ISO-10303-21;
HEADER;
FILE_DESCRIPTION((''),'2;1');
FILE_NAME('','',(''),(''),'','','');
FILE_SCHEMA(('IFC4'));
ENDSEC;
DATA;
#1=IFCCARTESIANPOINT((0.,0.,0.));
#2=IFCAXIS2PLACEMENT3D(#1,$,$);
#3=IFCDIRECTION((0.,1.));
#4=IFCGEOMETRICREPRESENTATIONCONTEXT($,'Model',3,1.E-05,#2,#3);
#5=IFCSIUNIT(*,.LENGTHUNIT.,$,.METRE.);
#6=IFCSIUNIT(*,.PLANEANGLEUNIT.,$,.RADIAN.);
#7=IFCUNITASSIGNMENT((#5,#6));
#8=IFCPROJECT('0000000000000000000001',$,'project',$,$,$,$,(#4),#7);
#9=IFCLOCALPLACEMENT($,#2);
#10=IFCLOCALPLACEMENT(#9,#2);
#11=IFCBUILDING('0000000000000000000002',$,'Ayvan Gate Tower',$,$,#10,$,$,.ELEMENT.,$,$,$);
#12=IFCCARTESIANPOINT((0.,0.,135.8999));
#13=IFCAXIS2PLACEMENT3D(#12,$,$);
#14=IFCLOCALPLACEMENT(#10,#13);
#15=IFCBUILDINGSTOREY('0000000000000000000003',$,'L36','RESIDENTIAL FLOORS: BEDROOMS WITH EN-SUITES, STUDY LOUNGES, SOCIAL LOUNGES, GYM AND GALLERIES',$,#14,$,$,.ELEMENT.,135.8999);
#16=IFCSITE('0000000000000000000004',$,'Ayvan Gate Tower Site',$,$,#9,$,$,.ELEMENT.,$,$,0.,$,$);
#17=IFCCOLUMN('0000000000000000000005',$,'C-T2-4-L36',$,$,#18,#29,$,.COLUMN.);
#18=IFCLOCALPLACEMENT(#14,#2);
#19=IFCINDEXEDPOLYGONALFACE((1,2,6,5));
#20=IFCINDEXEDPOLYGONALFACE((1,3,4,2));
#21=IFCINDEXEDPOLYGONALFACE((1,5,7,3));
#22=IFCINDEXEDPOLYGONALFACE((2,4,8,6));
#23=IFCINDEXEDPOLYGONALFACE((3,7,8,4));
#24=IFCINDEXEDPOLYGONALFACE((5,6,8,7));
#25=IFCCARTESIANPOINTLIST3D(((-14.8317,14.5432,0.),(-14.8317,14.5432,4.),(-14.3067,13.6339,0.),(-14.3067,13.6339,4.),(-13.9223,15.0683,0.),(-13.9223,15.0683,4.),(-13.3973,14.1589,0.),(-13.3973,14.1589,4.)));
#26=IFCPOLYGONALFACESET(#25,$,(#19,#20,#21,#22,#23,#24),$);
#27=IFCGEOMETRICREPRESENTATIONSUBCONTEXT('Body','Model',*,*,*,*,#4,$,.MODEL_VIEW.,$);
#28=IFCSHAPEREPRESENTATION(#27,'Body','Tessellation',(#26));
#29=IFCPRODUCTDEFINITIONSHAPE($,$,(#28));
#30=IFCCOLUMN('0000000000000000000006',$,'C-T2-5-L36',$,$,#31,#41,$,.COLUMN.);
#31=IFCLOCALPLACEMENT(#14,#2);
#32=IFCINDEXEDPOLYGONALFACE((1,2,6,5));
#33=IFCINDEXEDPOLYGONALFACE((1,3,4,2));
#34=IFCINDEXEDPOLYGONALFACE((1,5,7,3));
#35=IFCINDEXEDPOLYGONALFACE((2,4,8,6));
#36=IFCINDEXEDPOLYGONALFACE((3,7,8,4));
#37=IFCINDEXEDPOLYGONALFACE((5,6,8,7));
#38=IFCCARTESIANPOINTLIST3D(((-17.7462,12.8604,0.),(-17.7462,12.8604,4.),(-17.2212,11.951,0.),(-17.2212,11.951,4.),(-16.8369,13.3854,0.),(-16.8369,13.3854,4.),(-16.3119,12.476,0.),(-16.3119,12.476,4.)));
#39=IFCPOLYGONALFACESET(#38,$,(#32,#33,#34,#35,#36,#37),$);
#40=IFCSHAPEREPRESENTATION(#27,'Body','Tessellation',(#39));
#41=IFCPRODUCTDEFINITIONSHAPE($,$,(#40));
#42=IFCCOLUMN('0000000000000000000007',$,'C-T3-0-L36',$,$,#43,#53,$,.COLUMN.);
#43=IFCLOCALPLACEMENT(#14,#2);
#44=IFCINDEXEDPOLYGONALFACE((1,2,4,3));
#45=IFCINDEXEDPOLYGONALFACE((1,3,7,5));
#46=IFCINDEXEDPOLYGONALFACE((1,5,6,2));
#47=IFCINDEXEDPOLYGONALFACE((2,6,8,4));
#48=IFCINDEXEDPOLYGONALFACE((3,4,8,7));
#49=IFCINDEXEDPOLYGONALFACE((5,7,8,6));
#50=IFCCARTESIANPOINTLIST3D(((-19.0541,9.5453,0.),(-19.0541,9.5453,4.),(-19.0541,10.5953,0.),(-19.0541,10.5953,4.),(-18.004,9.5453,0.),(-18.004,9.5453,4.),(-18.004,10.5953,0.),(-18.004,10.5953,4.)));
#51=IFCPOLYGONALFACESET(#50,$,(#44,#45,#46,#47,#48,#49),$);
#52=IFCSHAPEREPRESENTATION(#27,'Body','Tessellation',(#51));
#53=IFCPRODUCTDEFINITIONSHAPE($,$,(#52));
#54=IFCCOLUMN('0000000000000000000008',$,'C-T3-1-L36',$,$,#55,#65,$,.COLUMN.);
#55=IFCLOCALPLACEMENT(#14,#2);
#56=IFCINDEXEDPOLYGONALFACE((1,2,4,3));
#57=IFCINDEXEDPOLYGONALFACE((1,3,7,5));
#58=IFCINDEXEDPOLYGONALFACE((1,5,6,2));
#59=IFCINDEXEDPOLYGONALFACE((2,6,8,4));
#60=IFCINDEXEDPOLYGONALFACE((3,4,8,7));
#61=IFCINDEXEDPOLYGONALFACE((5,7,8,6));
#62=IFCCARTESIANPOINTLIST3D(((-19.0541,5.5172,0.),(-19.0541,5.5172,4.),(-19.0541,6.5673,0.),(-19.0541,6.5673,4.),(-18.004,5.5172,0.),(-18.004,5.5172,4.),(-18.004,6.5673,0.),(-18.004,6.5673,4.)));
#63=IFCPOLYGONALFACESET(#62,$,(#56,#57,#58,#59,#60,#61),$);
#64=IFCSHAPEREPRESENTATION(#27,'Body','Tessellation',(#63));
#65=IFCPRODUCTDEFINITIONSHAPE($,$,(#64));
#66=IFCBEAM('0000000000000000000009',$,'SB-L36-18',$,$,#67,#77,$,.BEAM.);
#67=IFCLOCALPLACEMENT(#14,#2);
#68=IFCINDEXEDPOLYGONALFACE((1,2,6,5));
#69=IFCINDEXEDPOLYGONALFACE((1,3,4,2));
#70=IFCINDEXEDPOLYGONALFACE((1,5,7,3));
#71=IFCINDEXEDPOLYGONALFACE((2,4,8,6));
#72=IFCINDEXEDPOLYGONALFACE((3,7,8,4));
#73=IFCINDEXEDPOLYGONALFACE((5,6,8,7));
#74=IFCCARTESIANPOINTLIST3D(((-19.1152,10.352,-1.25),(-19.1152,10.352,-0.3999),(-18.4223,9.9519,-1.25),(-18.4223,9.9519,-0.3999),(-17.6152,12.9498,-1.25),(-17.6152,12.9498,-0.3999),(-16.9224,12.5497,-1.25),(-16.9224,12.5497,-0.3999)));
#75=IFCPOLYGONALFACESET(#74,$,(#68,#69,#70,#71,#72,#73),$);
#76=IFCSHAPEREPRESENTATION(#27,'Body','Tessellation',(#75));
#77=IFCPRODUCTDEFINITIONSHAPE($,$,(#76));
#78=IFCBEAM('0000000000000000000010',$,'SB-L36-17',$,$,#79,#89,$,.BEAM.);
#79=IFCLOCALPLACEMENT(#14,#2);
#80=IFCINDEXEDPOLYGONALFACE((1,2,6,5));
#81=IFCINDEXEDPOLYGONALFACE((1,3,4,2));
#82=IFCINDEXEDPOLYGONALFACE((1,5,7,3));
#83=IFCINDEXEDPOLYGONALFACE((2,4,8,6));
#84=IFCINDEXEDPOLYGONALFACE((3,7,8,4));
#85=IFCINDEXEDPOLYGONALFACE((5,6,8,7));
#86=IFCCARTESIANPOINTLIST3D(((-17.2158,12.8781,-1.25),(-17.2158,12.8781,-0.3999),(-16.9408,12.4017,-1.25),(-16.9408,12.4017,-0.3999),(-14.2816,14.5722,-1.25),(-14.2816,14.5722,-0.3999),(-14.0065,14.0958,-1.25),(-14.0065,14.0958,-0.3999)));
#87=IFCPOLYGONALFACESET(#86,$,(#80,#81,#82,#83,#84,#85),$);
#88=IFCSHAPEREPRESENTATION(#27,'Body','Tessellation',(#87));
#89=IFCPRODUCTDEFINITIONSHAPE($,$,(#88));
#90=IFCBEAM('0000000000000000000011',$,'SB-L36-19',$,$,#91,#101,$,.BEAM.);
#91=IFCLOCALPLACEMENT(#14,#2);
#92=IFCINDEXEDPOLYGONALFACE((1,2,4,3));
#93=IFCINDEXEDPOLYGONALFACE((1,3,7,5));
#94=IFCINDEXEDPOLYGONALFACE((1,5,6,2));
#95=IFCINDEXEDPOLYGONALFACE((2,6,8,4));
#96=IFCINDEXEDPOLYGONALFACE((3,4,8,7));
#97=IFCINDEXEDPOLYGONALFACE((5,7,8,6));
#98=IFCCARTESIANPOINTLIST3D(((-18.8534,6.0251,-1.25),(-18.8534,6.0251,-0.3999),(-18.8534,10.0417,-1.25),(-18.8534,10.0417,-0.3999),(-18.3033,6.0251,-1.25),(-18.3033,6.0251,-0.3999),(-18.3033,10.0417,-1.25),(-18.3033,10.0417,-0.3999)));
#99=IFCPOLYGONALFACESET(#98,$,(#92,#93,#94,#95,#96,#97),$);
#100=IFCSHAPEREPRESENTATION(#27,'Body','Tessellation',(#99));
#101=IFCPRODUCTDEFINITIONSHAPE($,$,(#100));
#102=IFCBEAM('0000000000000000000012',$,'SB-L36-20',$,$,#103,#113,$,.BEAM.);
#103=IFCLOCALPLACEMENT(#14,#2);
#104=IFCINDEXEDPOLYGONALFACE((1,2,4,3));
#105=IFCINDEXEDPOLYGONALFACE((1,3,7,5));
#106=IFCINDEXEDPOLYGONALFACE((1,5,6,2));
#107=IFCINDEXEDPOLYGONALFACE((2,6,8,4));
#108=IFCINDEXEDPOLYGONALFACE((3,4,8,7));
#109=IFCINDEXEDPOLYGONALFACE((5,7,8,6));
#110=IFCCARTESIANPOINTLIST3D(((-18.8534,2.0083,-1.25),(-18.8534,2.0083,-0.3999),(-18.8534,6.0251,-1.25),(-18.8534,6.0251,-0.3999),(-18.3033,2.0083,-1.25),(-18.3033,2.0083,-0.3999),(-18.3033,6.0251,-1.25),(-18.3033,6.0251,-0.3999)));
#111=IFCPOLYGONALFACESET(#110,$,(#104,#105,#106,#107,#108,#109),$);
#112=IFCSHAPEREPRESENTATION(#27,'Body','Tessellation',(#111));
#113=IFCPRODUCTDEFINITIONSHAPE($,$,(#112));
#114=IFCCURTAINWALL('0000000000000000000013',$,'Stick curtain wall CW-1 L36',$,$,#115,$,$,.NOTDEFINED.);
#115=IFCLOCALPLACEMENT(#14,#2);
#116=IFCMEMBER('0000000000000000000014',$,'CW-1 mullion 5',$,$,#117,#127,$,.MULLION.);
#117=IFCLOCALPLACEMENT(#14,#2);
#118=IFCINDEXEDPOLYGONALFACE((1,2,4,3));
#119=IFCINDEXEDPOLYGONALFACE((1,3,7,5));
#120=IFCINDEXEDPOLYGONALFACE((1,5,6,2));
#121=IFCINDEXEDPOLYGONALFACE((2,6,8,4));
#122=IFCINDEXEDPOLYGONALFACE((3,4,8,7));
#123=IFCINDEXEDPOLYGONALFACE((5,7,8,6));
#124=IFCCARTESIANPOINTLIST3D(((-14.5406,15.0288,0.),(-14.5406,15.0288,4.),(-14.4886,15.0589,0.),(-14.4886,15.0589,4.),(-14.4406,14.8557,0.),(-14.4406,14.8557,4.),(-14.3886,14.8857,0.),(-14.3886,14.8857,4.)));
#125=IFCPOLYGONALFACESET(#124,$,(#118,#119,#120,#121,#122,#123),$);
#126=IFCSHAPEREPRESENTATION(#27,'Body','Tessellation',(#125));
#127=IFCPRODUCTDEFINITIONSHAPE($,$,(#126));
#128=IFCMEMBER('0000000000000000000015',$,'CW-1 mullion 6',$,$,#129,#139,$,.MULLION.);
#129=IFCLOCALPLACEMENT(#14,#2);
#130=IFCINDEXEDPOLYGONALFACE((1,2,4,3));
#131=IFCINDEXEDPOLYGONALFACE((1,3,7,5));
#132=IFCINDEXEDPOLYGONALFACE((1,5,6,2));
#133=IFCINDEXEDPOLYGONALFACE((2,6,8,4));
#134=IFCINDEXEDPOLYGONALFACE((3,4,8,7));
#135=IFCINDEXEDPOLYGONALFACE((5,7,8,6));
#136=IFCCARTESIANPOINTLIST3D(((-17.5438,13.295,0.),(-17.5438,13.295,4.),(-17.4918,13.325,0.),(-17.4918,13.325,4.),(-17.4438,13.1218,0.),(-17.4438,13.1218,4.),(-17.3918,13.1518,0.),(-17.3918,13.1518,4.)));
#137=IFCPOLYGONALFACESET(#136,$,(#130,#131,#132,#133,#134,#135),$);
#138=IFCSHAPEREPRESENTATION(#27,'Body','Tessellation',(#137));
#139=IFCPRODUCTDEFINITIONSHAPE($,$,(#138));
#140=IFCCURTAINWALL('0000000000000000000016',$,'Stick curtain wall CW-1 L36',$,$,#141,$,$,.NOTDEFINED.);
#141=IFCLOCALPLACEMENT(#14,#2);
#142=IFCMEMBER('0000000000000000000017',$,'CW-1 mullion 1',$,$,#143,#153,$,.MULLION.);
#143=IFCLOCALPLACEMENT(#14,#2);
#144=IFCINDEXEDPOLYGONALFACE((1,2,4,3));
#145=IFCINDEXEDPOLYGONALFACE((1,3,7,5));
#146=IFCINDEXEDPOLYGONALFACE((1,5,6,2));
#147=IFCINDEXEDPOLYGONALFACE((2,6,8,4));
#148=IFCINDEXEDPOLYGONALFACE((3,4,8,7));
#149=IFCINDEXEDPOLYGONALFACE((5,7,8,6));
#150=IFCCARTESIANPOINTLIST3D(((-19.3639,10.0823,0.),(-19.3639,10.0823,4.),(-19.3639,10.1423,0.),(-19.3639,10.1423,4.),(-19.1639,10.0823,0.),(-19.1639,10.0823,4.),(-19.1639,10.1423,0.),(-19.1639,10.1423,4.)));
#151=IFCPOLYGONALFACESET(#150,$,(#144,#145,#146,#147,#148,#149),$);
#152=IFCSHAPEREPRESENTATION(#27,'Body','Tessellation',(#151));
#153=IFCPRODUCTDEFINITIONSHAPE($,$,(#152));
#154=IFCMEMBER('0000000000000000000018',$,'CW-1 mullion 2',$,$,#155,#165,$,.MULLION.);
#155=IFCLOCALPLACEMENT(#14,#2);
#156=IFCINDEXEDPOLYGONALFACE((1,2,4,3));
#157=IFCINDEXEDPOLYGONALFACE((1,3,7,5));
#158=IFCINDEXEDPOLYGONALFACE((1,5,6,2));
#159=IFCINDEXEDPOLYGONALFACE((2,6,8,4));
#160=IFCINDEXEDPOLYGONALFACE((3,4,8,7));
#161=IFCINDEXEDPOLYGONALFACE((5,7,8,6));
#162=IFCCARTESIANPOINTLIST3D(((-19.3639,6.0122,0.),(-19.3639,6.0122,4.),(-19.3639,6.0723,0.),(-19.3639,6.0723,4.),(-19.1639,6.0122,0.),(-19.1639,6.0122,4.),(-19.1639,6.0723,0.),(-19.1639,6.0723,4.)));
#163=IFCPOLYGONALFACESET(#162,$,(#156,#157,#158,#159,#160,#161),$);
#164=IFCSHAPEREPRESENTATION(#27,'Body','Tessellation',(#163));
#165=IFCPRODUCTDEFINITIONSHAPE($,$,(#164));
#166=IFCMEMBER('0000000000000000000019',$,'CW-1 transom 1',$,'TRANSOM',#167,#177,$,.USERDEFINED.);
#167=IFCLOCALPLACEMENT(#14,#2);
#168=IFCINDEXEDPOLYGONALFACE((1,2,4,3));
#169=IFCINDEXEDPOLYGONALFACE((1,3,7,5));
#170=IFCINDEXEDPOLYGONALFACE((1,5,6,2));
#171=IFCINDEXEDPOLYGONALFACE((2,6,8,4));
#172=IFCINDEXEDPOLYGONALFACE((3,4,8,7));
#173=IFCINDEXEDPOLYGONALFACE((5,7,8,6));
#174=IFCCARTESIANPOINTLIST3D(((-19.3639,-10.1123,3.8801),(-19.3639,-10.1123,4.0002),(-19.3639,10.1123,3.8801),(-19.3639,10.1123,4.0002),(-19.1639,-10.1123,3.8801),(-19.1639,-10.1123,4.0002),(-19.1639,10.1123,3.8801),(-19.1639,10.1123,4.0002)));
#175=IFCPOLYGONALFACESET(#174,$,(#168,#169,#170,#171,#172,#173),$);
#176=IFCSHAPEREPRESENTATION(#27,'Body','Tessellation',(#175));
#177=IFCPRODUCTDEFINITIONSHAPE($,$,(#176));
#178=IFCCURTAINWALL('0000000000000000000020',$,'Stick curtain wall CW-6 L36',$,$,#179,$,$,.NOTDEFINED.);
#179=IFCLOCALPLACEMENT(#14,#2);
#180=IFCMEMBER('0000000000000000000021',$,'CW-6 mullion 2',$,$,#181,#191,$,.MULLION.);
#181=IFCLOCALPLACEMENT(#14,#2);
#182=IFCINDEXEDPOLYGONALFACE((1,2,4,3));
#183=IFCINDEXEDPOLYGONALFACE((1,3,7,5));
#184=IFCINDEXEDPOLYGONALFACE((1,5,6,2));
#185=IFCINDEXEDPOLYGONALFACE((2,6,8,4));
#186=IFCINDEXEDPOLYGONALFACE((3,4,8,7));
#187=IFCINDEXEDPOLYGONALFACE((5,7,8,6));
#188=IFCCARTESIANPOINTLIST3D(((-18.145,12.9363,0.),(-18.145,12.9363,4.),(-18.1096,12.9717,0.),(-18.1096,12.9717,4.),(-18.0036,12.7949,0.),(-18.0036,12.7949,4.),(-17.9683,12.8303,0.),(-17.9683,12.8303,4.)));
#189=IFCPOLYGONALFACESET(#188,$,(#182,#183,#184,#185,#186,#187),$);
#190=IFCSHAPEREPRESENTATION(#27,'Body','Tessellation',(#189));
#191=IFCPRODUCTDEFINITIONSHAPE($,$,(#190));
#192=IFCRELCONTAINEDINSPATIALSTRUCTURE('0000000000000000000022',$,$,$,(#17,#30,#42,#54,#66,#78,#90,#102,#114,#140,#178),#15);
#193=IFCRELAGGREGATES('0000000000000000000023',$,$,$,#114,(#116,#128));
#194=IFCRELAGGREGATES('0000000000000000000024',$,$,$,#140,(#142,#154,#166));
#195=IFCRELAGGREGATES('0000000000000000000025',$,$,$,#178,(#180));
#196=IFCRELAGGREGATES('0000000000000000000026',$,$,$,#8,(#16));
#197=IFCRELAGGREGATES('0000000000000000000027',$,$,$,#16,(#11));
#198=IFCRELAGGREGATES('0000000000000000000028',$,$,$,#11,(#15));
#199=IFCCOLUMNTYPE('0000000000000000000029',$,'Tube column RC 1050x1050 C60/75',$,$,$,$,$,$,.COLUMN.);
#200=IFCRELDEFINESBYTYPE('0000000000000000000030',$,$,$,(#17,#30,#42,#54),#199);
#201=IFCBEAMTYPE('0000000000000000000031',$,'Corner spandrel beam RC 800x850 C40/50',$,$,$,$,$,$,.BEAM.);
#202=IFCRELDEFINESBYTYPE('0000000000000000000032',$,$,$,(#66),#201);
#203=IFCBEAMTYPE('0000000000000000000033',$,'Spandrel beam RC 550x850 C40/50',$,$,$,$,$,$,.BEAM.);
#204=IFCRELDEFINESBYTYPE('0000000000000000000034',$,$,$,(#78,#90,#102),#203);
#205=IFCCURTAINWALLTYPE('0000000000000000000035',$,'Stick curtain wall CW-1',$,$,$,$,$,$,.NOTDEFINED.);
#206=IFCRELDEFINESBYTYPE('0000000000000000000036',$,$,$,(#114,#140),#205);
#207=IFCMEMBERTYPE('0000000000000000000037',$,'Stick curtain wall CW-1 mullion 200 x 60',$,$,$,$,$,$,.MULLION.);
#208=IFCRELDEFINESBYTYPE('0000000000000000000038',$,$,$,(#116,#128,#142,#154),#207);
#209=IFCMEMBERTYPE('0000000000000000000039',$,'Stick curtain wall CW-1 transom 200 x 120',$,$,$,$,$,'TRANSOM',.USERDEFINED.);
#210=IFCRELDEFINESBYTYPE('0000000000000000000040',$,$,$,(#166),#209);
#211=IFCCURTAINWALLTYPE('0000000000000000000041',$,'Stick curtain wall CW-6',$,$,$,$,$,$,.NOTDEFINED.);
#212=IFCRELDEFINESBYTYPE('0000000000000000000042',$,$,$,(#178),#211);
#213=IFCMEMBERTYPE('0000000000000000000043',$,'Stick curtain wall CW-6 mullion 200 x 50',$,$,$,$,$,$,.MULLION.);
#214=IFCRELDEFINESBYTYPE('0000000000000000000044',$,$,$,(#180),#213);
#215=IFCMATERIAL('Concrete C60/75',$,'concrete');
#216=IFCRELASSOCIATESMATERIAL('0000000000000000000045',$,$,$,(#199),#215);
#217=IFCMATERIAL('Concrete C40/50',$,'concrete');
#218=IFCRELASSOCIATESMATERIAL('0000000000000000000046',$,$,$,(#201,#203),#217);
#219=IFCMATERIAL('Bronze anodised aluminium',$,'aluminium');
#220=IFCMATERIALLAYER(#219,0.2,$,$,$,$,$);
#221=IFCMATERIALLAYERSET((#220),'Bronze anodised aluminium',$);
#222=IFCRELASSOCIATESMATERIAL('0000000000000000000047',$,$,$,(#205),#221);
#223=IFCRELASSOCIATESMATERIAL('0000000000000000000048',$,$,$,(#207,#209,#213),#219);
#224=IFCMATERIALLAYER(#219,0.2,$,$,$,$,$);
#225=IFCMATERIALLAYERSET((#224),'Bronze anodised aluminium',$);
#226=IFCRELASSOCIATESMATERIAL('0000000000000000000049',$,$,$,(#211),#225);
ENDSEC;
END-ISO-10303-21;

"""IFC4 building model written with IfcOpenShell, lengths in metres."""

from ifc_helpers import new_model, si_unit, direction, frame, origin, origin_2d, place, context, subcontext, project, spatial, rectangle, extrude, material, layer, layer_set, material_profile, profile_set, type_object, element, aggregate, save


model = new_model("IFC4")

# Units and contexts
model_context = context("Model", 3, precision=1e-05, world=origin(), true_north=direction((0.0, 1.0)))
body_context = subcontext(model_context, "Body", "Model", "MODEL_VIEW")
ifc_project = project(units=[si_unit("LENGTHUNIT", "METRE"), si_unit("PLANEANGLEUNIT", "RADIAN")], contexts=[model_context])

# Site, building, storey
site_placement = place(None, origin())
site = spatial("IfcSite", under=ifc_project, at=site_placement, Name="Ayvan Gate Tower Site", CompositionType="ELEMENT", RefElevation=0.0)
building_placement = place(site_placement, origin())
building = spatial("IfcBuilding", under=site, at=building_placement, Name="Ayvan Gate Tower", CompositionType="ELEMENT")
storey_placement = place(building_placement, frame((0.0, 0.0, 135.8999)))
storey = spatial("IfcBuildingStorey", under=building, at=storey_placement, Name="L36", Description="RESIDENTIAL FLOORS: BEDROOMS WITH EN-SUITES, STUDY LOUNGES, SOCIAL LOUNGES, GYM AND GALLERIES", CompositionType="ELEMENT", Elevation=135.8999)

# Columns
ifc_material_1 = material(Name="Concrete C60/75", Category="concrete")
ifc_material_profile_1 = material_profile(ifc_material_1, rectangle(XDim=1.05, YDim=1.05, at=origin_2d()), Name="RC 1050x1050")
ifc_profile_set_1 = profile_set([ifc_material_profile_1], Name="Concrete C60/75")
column_type = type_object("IfcColumnType", Name="Tube column RC 1050x1050 C60/75", PredefinedType="COLUMN", material=ifc_profile_set_1)
for number, where, z_axis, x_axis, name in (
    (1, (-14.1145, 14.3511, 0.0), (0.0, 0.0, 1.0), (-0.5, 0.866025, 0.0), "C-T2-4-L36"),
    (2, (-17.0291, 12.6682, 0.0), (0.0, 0.0, 1.0), (-0.5, 0.866025, 0.0), "C-T2-5-L36"),
    (3, (-18.5291, 10.0703, 0.0), (0.0, 0.0, 1.0), (-1.0, 0.0, 0.0), "C-T3-0-L36"),
    (4, (-18.5291, 6.0422, 0.0), (0.0, 0.0, 1.0), (-1.0, 0.0, 0.0), "C-T3-1-L36"),
):
    element("IfcColumn", number, at=place(storey_placement, frame(where, z_axis=z_axis, x_axis=x_axis)), inside=storey, type_object=column_type, Name=name, PredefinedType="COLUMN", context=body_context, shape_type="SweptSolid", body=[
        extrude(rectangle(XDim=1.05, YDim=1.05, at=origin_2d()), origin(), (0.0, 0.0, 1.0), 4.0),
    ])

# Beams
ifc_material_2 = material(Name="Concrete C40/50", Category="concrete")
ifc_material_profile_2 = material_profile(ifc_material_2, rectangle(XDim=0.8, YDim=0.8501, at=origin_2d()), Name="RC 800x850")
ifc_profile_set_2 = profile_set([ifc_material_profile_2], Name="Concrete C40/50")
beam_type_1 = type_object("IfcBeamType", Name="Corner spandrel beam RC 800x850 C40/50", PredefinedType="BEAM", material=ifc_profile_set_2)
beam_1_placement = place(storey_placement, frame((-17.2688, 12.7498, -0.825), z_axis=(-0.500025, -0.866011, 0.0), x_axis=(0.866011, -0.500025, 0.0)))
element("IfcBeam", 5, at=beam_1_placement, inside=storey, type_object=beam_type_1, Name="SB-L36-18", PredefinedType="BEAM", context=body_context, shape_type="SweptSolid", body=[
    extrude(rectangle(XDim=0.8, YDim=0.8501, at=origin_2d()), origin(), (0.0, 0.0, 1.0), 2.9998),
])
ifc_material_profile_3 = material_profile(ifc_material_2, rectangle(XDim=0.55, YDim=0.8501, at=origin_2d()), Name="RC 550x850")
ifc_profile_set_3 = profile_set([ifc_material_profile_3], Name="Concrete C40/50")
beam_type_2 = type_object("IfcBeamType", Name="Spandrel beam RC 550x850 C40/50", PredefinedType="BEAM", material=ifc_profile_set_3)
beam_2_placement = place(storey_placement, frame((-14.144, 14.334, -0.825), z_axis=(-0.866031, -0.499991, 0.0), x_axis=(0.499991, -0.866031, 0.0)))
element("IfcBeam", 6, at=beam_2_placement, inside=storey, type_object=beam_type_2, Name="SB-L36-17", PredefinedType="BEAM", context=body_context, shape_type="SweptSolid", body=[
    extrude(rectangle(XDim=0.55, YDim=0.8501, at=origin_2d()), origin(), (0.0, 0.0, 1.0), 3.3882),
])
beam_3_placement = place(storey_placement, frame((-18.5784, 10.0417, -0.825), z_axis=(0.0, -1.0, 0.0), x_axis=(1.0, 0.0, 0.0)))
element("IfcBeam", 7, at=beam_3_placement, inside=storey, type_object=beam_type_2, Name="SB-L36-19", PredefinedType="BEAM", context=body_context, shape_type="SweptSolid", body=[
    extrude(rectangle(XDim=0.55, YDim=0.8501, at=origin_2d()), origin(), (0.0, 0.0, 1.0), 4.0166),
])
beam_4_placement = place(storey_placement, frame((-18.5784, 6.0251, -0.825), z_axis=(0.0, -1.0, 0.0), x_axis=(1.0, 0.0, 0.0)))
element("IfcBeam", 8, at=beam_4_placement, inside=storey, type_object=beam_type_2, Name="SB-L36-20", PredefinedType="BEAM", context=body_context, shape_type="SweptSolid", body=[
    extrude(rectangle(XDim=0.55, YDim=0.8501, at=origin_2d()), origin(), (0.0, 0.0, 1.0), 4.0168),
])

# Curtain walls, members
ifc_material_3 = material(Name="Bronze anodised aluminium", Category="aluminium")
ifc_layer_1 = layer(ifc_material_3, 0.2)
ifc_layer_set_1 = layer_set([ifc_layer_1], Name="Bronze anodised aluminium")
curtain_wall_type_1 = type_object("IfcCurtainWallType", Name="Stick curtain wall CW-1", PredefinedType="NOTDEFINED", material=ifc_layer_set_1)
curtain_wall_1_placement = place(storey_placement, origin())
curtain_wall_1 = element("IfcCurtainWall", 9, at=curtain_wall_1_placement, inside=storey, type_object=curtain_wall_type_1, Name="Stick curtain wall CW-1 L36", PredefinedType="NOTDEFINED")
ifc_material_profile_4 = material_profile(ifc_material_3, rectangle(XDim=0.2, YDim=0.0601, at=origin_2d()), Name="Stick curtain wall CW-1 mullion 200 x 60")
ifc_profile_set_4 = profile_set([ifc_material_profile_4], Name="Bronze anodised aluminium")
member_type_1 = type_object("IfcMemberType", Name="Stick curtain wall CW-1 mullion 200 x 60", PredefinedType="MULLION", material=ifc_profile_set_4)
member_1_placement = place(storey_placement, frame((-14.4646, 14.9573, 0.0), z_axis=(0.0, 0.0, 1.0), x_axis=(-0.5, 0.866025, 0.0)))
member_1 = element("IfcMember", 10, at=member_1_placement, type_object=member_type_1, Name="CW-1 mullion 5", PredefinedType="MULLION", context=body_context, shape_type="SweptSolid", body=[
    extrude(rectangle(XDim=0.2, YDim=0.0601, at=origin_2d()), origin(), (0.0, 0.0, 1.0), 4.0),
])
member_2_placement = place(storey_placement, frame((-17.4678, 13.2234, 0.0), z_axis=(0.0, 0.0, 1.0), x_axis=(-0.5, 0.866025, 0.0)))
member_2 = element("IfcMember", 11, at=member_2_placement, type_object=member_type_1, Name="CW-1 mullion 6", PredefinedType="MULLION", context=body_context, shape_type="SweptSolid", body=[
    extrude(rectangle(XDim=0.2, YDim=0.0601, at=origin_2d()), origin(), (0.0, 0.0, 1.0), 4.0),
])
curtain_wall_2_placement = place(storey_placement, origin())
curtain_wall_2 = element("IfcCurtainWall", 12, at=curtain_wall_2_placement, inside=storey, type_object=curtain_wall_type_1, Name="Stick curtain wall CW-1 L36", PredefinedType="NOTDEFINED")
member_3_placement = place(storey_placement, frame((-19.2639, 10.1123, 0.0), z_axis=(0.0, 0.0, 1.0), x_axis=(-1.0, 0.0, 0.0)))
member_3 = element("IfcMember", 13, at=member_3_placement, type_object=member_type_1, Name="CW-1 mullion 1", PredefinedType="MULLION", context=body_context, shape_type="SweptSolid", body=[
    extrude(rectangle(XDim=0.2, YDim=0.0601, at=origin_2d()), origin(), (0.0, 0.0, 1.0), 4.0),
])
member_4_placement = place(storey_placement, frame((-19.2639, 6.0422, 0.0), z_axis=(0.0, 0.0, 1.0), x_axis=(-1.0, 0.0, 0.0)))
member_4 = element("IfcMember", 14, at=member_4_placement, type_object=member_type_1, Name="CW-1 mullion 2", PredefinedType="MULLION", context=body_context, shape_type="SweptSolid", body=[
    extrude(rectangle(XDim=0.2, YDim=0.0601, at=origin_2d()), origin(), (0.0, 0.0, 1.0), 4.0),
])
ifc_material_profile_5 = material_profile(ifc_material_3, rectangle(XDim=0.2, YDim=0.1201, at=origin_2d()), Name="Stick curtain wall CW-1 transom 200 x 120")
ifc_profile_set_5 = profile_set([ifc_material_profile_5], Name="Bronze anodised aluminium")
member_type_2 = type_object("IfcMemberType", Name="Stick curtain wall CW-1 transom 200 x 120", ElementType="TRANSOM", PredefinedType="USERDEFINED", material=ifc_profile_set_5)
member_5_placement = place(storey_placement, frame((-19.2639, 10.1123, 3.9402), z_axis=(0.0, -1.0, 0.0), x_axis=(1.0, 0.0, 0.0)))
member_5 = element("IfcMember", 15, at=member_5_placement, type_object=member_type_2, Name="CW-1 transom 1", ObjectType="TRANSOM", PredefinedType="USERDEFINED", context=body_context, shape_type="SweptSolid", body=[
    extrude(rectangle(XDim=0.2, YDim=0.1201, at=origin_2d()), origin(), (0.0, 0.0, 1.0), 20.2246),
])
ifc_layer_2 = layer(ifc_material_3, 0.2)
ifc_layer_set_2 = layer_set([ifc_layer_2], Name="Bronze anodised aluminium")
curtain_wall_type_2 = type_object("IfcCurtainWallType", Name="Stick curtain wall CW-6", PredefinedType="NOTDEFINED", material=ifc_layer_set_2)
curtain_wall_3_placement = place(storey_placement, origin())
curtain_wall_3 = element("IfcCurtainWall", 16, at=curtain_wall_3_placement, inside=storey, type_object=curtain_wall_type_2, Name="Stick curtain wall CW-6 L36", PredefinedType="NOTDEFINED")
ifc_material_profile_6 = material_profile(ifc_material_3, rectangle(XDim=0.2, YDim=0.05, at=origin_2d()), Name="Stick curtain wall CW-6 mullion 200 x 50")
ifc_profile_set_6 = profile_set([ifc_material_profile_6], Name="Bronze anodised aluminium")
member_type_3 = type_object("IfcMemberType", Name="Stick curtain wall CW-6 mullion 200 x 50", PredefinedType="MULLION", material=ifc_profile_set_6)
member_6_placement = place(storey_placement, frame((-18.0566, 12.8833, 0.0), z_axis=(0.0, 0.0, 1.0), x_axis=(-0.707107, 0.707107, 0.0)))
member_6 = element("IfcMember", 17, at=member_6_placement, type_object=member_type_3, Name="CW-6 mullion 2", PredefinedType="MULLION", context=body_context, shape_type="SweptSolid", body=[
    extrude(rectangle(XDim=0.2, YDim=0.05, at=origin_2d()), origin(), (0.0, 0.0, 1.0), 4.0),
])

aggregate(curtain_wall_1, [member_1, member_2])
aggregate(curtain_wall_2, [member_3, member_4, member_5])
aggregate(curtain_wall_3, [member_6])

save(model, "model.ifc")
